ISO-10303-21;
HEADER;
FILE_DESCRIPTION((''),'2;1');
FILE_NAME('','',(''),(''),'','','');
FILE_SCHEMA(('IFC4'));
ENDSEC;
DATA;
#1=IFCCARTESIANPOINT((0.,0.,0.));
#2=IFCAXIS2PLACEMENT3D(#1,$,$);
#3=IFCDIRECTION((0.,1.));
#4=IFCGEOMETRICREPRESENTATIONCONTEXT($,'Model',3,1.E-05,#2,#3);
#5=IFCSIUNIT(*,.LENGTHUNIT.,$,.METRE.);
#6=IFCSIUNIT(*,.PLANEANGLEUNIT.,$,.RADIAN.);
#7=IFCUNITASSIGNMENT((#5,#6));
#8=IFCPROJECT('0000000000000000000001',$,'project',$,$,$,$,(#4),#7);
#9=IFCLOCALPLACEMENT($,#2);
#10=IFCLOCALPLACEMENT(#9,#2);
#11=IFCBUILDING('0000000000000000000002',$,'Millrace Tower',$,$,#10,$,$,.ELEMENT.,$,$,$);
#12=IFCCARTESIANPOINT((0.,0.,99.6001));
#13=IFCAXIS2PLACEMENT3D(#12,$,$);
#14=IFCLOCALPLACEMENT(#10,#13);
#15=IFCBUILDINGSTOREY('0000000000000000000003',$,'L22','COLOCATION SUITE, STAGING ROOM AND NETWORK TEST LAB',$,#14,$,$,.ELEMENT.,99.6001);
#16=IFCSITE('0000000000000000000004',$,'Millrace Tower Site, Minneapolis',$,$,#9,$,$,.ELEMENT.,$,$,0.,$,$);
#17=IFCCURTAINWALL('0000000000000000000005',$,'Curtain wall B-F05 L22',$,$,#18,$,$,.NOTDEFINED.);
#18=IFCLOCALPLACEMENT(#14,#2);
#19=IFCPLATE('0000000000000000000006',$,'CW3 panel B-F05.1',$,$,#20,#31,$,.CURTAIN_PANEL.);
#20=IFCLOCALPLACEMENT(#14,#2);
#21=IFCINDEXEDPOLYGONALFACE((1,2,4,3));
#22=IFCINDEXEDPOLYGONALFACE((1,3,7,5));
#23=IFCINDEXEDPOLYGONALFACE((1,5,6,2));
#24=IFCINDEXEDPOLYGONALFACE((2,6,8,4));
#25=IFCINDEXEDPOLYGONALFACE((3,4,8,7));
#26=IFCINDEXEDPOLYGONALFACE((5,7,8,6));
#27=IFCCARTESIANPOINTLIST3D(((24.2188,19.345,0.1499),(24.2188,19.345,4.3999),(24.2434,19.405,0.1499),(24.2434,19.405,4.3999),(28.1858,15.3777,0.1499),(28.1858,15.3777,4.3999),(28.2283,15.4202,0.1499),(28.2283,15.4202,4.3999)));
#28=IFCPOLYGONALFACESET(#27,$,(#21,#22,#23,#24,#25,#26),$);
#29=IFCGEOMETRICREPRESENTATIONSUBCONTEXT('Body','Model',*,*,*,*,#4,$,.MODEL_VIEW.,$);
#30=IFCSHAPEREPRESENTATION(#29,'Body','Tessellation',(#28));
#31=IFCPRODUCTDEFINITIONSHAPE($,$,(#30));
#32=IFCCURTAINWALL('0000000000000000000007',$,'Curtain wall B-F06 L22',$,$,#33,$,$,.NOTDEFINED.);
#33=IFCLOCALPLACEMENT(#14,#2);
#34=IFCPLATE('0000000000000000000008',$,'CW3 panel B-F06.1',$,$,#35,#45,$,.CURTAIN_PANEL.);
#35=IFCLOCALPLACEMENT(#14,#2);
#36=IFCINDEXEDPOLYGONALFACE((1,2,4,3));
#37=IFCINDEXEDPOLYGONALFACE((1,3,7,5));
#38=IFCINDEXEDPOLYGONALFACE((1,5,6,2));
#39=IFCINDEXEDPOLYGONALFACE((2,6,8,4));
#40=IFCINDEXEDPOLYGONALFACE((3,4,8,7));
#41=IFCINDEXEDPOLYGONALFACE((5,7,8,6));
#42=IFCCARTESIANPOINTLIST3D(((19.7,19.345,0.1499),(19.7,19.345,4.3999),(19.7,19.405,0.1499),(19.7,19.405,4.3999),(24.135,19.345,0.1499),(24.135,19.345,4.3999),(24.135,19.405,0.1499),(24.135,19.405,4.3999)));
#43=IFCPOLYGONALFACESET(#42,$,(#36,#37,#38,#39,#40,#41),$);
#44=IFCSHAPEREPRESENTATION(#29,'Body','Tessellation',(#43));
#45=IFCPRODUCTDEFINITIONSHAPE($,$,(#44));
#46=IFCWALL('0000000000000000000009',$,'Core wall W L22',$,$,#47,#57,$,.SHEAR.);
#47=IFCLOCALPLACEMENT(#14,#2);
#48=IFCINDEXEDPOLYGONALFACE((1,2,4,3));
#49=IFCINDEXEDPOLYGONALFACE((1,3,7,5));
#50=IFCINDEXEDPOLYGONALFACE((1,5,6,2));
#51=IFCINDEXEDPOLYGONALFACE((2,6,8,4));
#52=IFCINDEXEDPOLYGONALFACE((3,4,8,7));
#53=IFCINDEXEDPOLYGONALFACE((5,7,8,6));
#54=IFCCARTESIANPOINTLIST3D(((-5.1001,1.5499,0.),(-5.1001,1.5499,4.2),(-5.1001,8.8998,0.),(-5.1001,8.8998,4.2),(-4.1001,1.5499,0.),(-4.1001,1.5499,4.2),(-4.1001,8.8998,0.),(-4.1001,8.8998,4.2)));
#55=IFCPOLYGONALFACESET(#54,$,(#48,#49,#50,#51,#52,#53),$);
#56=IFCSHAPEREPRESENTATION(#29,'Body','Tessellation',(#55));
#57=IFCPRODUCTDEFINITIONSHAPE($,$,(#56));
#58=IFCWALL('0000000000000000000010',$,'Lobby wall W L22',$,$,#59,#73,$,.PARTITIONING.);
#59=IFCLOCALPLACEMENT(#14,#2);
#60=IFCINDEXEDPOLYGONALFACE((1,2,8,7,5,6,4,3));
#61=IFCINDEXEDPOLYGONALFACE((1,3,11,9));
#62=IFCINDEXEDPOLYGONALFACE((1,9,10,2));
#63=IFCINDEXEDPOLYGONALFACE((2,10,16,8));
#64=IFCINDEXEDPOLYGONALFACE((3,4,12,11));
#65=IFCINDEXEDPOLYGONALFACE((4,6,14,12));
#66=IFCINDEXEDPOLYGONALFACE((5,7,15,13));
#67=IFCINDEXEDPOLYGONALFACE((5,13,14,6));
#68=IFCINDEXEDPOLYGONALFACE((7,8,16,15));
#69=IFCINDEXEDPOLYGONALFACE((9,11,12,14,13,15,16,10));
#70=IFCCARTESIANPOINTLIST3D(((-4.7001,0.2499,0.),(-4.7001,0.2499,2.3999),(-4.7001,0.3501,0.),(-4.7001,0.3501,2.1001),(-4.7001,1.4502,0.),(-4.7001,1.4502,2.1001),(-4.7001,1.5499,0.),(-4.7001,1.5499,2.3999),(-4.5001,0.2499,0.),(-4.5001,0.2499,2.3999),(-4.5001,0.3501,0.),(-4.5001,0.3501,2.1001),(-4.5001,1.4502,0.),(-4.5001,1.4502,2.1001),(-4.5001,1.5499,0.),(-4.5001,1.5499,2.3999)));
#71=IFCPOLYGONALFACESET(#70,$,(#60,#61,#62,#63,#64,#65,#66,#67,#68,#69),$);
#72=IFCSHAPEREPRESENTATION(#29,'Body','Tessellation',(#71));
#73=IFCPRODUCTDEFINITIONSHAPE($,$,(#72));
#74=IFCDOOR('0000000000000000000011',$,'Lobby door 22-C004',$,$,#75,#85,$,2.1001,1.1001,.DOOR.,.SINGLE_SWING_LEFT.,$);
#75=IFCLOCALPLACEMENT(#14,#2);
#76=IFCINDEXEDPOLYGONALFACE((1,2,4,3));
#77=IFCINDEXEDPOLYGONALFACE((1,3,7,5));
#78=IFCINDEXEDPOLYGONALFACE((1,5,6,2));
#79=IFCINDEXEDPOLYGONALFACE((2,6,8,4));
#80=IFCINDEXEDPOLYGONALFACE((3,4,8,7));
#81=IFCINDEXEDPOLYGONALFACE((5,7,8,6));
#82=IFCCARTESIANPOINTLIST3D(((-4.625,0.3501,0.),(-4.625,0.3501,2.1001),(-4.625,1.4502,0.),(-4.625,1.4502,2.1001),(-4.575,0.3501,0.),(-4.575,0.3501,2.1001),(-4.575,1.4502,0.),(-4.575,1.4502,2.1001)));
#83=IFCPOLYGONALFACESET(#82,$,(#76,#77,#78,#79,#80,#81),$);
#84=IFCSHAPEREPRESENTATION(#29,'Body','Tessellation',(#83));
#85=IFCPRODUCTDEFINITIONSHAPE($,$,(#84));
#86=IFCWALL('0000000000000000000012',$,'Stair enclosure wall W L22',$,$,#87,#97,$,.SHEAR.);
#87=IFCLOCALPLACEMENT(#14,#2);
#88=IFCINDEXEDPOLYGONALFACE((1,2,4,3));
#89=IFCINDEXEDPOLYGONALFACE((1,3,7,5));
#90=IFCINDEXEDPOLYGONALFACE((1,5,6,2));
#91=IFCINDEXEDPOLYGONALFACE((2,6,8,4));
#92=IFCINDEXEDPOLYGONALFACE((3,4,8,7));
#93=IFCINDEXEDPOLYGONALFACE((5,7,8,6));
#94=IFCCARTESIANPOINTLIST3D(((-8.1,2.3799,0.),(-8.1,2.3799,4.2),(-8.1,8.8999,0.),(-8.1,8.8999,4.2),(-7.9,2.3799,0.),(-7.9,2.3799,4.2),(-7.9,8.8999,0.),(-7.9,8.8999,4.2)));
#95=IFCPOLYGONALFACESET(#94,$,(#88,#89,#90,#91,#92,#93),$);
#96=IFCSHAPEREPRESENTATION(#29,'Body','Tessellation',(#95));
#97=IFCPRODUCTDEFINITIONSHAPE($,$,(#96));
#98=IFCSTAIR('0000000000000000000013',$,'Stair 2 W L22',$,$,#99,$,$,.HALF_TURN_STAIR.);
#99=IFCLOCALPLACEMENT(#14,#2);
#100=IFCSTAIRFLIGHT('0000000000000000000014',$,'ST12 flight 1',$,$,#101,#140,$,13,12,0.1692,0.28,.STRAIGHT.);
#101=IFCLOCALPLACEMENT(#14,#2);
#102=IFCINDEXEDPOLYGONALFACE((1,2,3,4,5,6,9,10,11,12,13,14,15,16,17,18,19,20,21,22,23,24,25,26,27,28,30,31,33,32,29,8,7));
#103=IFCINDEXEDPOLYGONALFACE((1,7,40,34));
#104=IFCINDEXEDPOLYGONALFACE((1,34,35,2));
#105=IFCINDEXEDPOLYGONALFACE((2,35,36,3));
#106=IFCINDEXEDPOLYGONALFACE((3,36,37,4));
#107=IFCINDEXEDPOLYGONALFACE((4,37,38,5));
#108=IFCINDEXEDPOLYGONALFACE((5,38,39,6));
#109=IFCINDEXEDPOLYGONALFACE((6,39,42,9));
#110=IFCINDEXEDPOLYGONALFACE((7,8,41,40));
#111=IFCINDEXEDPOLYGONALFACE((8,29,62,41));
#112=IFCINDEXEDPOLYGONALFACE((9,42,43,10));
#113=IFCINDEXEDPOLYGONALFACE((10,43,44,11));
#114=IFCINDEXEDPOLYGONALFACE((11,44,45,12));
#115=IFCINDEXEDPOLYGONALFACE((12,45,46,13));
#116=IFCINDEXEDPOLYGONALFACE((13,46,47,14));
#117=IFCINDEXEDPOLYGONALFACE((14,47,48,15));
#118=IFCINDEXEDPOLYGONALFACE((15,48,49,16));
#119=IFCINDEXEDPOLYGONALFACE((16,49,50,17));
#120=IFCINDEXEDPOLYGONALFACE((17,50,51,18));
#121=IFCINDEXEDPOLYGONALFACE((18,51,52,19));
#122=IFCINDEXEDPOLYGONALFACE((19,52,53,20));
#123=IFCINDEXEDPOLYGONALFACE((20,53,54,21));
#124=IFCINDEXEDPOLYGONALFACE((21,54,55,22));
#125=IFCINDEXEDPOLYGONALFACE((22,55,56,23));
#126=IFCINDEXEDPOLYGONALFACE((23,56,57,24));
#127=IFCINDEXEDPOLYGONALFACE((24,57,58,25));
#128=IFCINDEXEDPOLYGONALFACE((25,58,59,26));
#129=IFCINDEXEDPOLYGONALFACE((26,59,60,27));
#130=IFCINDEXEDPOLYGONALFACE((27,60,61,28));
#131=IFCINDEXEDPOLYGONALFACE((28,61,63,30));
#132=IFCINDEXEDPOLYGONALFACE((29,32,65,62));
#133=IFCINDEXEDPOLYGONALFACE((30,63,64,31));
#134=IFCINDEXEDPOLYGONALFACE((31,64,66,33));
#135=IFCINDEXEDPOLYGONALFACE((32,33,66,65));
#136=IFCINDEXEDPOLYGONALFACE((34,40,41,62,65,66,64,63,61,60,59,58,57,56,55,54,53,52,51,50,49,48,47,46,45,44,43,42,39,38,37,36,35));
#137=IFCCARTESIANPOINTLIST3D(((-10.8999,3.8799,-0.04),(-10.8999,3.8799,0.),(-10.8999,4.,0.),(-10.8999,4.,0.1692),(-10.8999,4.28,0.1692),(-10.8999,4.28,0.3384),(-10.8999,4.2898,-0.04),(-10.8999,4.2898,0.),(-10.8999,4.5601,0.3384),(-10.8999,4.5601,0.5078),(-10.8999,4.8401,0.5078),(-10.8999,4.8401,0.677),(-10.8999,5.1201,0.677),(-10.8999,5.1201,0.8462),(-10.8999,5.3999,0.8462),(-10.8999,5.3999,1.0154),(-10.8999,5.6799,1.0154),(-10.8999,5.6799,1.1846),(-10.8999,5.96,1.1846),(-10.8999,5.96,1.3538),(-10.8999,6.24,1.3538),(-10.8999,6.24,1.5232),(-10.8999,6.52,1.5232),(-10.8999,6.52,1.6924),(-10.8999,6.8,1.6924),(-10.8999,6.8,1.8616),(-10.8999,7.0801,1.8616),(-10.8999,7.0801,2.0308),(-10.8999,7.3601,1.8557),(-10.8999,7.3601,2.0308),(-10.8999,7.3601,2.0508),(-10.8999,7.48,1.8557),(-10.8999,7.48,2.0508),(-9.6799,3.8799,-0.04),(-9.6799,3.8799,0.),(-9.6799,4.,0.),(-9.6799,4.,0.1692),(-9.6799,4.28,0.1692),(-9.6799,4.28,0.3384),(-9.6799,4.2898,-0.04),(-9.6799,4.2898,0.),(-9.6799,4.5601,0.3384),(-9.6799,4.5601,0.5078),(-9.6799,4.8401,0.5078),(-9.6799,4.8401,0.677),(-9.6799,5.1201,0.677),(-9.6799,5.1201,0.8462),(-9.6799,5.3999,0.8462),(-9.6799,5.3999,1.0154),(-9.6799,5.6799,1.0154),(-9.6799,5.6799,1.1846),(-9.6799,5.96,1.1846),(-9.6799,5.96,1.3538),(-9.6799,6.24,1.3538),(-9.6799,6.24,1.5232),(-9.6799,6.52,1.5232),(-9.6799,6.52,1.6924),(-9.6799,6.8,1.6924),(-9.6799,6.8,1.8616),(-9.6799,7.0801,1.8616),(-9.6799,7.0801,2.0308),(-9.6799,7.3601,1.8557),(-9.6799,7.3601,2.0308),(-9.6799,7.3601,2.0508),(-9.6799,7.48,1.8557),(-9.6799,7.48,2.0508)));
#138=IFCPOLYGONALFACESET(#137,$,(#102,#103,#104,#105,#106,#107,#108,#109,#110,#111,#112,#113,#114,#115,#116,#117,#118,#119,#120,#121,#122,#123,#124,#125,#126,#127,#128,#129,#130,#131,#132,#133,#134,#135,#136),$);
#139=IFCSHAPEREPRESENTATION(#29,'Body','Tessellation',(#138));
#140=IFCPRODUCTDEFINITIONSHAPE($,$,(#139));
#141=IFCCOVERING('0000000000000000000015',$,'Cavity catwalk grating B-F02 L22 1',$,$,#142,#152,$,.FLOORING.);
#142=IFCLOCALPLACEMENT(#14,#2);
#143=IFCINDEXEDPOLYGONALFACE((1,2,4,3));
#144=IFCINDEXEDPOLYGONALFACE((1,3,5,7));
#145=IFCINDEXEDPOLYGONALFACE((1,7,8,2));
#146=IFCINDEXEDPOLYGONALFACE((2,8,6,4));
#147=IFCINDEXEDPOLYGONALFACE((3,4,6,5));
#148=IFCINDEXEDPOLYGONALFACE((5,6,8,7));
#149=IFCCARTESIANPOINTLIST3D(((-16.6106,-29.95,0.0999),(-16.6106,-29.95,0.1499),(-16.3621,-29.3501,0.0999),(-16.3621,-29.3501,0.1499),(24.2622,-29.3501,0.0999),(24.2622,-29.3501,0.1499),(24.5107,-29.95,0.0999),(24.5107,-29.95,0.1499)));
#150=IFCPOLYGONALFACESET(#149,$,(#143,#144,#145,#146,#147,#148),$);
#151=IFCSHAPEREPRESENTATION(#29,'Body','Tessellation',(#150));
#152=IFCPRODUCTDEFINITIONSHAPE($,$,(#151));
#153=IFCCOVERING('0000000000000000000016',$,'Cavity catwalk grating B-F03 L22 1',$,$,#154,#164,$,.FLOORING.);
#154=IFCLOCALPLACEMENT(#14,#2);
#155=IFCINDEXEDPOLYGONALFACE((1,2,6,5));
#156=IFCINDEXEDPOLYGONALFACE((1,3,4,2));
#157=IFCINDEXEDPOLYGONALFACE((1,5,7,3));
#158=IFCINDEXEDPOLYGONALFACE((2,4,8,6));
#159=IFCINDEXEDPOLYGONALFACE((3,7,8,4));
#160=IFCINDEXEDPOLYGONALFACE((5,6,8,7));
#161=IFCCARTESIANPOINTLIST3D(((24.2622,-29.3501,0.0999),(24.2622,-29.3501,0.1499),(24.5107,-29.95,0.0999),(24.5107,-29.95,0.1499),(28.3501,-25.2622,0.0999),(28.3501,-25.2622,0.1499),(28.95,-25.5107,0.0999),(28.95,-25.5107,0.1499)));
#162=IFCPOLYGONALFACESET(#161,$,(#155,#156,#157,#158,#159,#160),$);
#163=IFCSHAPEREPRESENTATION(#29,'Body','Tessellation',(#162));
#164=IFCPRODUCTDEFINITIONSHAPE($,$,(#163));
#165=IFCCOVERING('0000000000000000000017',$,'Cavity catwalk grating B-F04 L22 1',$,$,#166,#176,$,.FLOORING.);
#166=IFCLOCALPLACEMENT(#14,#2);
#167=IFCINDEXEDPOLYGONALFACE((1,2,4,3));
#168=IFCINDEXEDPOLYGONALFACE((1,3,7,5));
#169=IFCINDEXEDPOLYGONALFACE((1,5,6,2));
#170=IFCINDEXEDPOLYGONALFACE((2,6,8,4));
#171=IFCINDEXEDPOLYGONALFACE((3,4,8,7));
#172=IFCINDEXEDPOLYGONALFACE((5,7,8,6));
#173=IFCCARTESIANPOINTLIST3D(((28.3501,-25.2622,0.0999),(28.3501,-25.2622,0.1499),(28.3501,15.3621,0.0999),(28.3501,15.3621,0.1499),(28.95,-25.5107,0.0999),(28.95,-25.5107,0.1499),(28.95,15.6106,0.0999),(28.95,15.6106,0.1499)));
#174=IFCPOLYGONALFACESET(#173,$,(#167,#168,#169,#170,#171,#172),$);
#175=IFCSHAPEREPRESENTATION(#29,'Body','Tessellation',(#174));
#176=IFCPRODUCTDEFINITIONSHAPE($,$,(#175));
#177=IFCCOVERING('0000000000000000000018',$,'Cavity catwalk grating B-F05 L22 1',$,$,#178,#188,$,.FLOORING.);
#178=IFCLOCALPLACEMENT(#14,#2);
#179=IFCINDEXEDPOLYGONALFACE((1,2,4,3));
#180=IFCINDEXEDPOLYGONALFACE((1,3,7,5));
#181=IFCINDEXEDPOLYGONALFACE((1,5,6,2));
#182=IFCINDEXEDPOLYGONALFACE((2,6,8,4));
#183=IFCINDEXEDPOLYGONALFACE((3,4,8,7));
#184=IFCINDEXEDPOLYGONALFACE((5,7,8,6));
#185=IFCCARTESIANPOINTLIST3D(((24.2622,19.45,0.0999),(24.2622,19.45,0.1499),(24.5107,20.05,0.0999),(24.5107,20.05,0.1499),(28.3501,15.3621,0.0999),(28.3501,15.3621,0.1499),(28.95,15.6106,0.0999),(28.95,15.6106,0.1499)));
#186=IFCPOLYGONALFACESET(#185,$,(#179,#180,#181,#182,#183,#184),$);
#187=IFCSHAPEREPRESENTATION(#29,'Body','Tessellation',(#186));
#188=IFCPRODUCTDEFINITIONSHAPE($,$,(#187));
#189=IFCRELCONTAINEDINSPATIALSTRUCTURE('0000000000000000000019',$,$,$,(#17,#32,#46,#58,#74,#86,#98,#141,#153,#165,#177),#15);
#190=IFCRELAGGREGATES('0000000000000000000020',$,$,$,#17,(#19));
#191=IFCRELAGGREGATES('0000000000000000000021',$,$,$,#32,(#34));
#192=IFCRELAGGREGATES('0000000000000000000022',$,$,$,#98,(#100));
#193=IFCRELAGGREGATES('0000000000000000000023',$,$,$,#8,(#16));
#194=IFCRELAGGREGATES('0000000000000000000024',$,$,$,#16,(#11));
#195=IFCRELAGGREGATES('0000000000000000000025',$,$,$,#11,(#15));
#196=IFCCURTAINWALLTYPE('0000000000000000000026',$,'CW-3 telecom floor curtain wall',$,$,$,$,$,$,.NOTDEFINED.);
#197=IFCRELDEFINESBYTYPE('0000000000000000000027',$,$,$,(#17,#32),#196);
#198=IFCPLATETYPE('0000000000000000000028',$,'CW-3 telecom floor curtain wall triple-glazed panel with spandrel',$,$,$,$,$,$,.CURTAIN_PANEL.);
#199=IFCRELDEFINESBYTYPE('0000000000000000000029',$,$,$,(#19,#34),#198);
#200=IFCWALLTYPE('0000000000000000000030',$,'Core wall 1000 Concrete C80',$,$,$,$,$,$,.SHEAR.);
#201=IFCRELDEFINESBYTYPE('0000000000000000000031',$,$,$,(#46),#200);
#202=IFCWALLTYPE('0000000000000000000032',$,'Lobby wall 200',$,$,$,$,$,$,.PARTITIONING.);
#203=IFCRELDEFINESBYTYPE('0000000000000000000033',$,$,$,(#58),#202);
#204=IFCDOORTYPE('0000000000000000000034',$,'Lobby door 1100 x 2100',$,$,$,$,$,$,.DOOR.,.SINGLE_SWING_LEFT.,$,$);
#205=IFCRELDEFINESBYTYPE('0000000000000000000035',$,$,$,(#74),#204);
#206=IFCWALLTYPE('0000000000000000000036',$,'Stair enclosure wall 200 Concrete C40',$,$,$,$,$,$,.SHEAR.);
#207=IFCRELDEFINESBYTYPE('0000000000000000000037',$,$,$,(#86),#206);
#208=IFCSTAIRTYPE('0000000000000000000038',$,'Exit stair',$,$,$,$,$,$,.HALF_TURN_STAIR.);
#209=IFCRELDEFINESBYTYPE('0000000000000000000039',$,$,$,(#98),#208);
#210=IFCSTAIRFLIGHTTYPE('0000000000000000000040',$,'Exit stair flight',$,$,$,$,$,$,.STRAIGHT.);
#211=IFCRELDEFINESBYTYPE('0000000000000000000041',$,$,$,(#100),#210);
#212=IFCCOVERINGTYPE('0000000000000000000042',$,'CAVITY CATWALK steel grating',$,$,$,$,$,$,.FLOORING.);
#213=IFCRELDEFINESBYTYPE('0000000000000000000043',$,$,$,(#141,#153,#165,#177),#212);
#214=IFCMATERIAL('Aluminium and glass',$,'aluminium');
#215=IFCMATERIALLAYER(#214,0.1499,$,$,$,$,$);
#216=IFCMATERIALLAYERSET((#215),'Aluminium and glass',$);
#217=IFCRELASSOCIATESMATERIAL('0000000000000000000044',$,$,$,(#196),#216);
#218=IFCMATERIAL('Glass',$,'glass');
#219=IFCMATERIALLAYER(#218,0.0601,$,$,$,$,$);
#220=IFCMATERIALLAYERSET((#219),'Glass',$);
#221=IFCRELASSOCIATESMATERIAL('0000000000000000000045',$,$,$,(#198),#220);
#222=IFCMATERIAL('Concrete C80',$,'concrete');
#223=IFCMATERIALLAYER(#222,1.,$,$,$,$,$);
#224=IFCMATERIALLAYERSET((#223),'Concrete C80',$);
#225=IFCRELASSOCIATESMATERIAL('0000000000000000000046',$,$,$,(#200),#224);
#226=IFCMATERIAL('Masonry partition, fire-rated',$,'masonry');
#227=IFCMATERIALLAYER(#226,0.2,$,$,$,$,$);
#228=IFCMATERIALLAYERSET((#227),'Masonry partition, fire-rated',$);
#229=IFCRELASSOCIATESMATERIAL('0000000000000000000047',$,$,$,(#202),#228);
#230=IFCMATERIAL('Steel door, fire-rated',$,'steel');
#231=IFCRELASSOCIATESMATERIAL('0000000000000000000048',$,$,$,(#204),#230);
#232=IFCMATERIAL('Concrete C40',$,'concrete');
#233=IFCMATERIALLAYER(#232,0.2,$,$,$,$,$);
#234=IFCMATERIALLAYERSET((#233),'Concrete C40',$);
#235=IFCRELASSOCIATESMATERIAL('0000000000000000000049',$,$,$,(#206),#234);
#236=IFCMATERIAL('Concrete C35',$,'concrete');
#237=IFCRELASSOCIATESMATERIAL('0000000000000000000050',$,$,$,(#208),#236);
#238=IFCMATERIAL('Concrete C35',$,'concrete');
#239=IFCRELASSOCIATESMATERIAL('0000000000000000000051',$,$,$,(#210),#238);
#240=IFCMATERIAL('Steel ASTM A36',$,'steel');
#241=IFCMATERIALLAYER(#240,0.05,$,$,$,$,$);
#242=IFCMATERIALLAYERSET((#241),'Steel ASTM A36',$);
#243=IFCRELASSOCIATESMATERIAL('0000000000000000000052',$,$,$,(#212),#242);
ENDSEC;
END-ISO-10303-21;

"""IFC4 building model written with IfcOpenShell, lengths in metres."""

from ifc_helpers import new_model, si_unit, direction, frame, frame_2d, origin, place, context, subcontext, project, spatial, polyline, rectangle, outline, extrude, material, layer, layer_set, type_object, element, fill, aggregate, save


model = new_model("IFC4")

# Units and contexts
model_context = context("Model", 3, precision=1e-05, world=origin(), true_north=direction((0.0, 1.0)))
body_context = subcontext(model_context, "Body", "Model", "MODEL_VIEW")
ifc_project = project(units=[si_unit("LENGTHUNIT", "METRE"), si_unit("PLANEANGLEUNIT", "RADIAN")], contexts=[model_context])

# Site, building, storey
site_placement = place(None, origin())
site = spatial("IfcSite", under=ifc_project, at=site_placement, Name="Millrace Tower Site, Minneapolis", CompositionType="ELEMENT", RefElevation=0.0)
building_placement = place(site_placement, origin())
building = spatial("IfcBuilding", under=site, at=building_placement, Name="Millrace Tower", CompositionType="ELEMENT")
storey_placement = place(building_placement, frame((0.0, 0.0, 99.6001)))
storey = spatial("IfcBuildingStorey", under=building, at=storey_placement, Name="L22", Description="COLOCATION SUITE, STAGING ROOM AND NETWORK TEST LAB", CompositionType="ELEMENT", Elevation=99.6001)

# Shared definitions
ifc_material_1 = material(Name="Aluminium and glass", Category="aluminium")
ifc_layer_1 = layer(ifc_material_1, 0.1499)
ifc_layer_set_1 = layer_set([ifc_layer_1], Name="Aluminium and glass")
curtain_wall_type = type_object("IfcCurtainWallType", Name="CW-3 telecom floor curtain wall", PredefinedType="NOTDEFINED", material=ifc_layer_set_1)
placement_1 = place(storey_placement, origin())
ifc_material_2 = material(Name="Glass", Category="glass")
ifc_layer_2 = layer(ifc_material_2, 0.0601)
ifc_layer_set_2 = layer_set([ifc_layer_2], Name="Glass")
plate_type = type_object("IfcPlateType", Name="CW-3 telecom floor curtain wall triple-glazed panel with spandrel", PredefinedType="CURTAIN_PANEL", material=ifc_layer_set_2)
placement_2 = place(storey_placement, frame((0.0, 0.0, 0.1499)))

# Curtain walls, plates
curtain_wall_1 = element("IfcCurtainWall", 1, at=placement_1, inside=storey, type_object=curtain_wall_type, Name="Curtain wall B-F05 L22", PredefinedType="NOTDEFINED")
plate_1 = element("IfcPlate", 2, at=placement_2, type_object=plate_type, Name="CW3 panel B-F05.1", PredefinedType="CURTAIN_PANEL", context=body_context, shape_type="SweptSolid", body=[
    extrude(outline(polyline([(28.2283, 15.4202), (24.2434, 19.405), (24.2188, 19.345), (28.1858, 15.3777), (28.2283, 15.4202)])), origin(), (0.0, 0.0, 1.0), 4.25),
])
aggregate(curtain_wall_1, [plate_1])
curtain_wall_2 = element("IfcCurtainWall", 3, at=placement_1, inside=storey, type_object=curtain_wall_type, Name="Curtain wall B-F06 L22", PredefinedType="NOTDEFINED")
plate_2 = element("IfcPlate", 4, at=placement_2, type_object=plate_type, Name="CW3 panel B-F06.1", PredefinedType="CURTAIN_PANEL", context=body_context, shape_type="SweptSolid", body=[
    extrude(outline(polyline([(24.135, 19.405), (19.7, 19.405), (19.7, 19.345), (24.135, 19.345), (24.135, 19.405)])), origin(), (0.0, 0.0, 1.0), 4.25),
])
aggregate(curtain_wall_2, [plate_2])

# Wall
ifc_material_3 = material(Name="Concrete C80", Category="concrete")
ifc_layer_3 = layer(ifc_material_3, 1.0)
ifc_layer_set_3 = layer_set([ifc_layer_3], Name="Concrete C80")
wall_type_1 = type_object("IfcWallType", Name="Core wall 1000 Concrete C80", PredefinedType="SHEAR", material=ifc_layer_set_3)
wall_1_placement = place(storey_placement, frame((-4.6001, 1.55, 0.0), z_axis=(0.0, 0.0, 1.0), x_axis=(0.0, 1.0, 0.0)))
element("IfcWall", 5, at=wall_1_placement, inside=storey, type_object=wall_type_1, Name="Core wall W L22", PredefinedType="SHEAR", context=body_context, shape_type="SweptSolid", body=[
    extrude(rectangle(XDim=7.3499, YDim=1.0, at=frame_2d((3.6748, 0.0))), origin(), (0.0, 0.0, 1.0), 4.2),
])

# Wall, opening, door
ifc_material_4 = material(Name="Masonry partition, fire-rated", Category="masonry")
ifc_layer_4 = layer(ifc_material_4, 0.2)
ifc_layer_set_4 = layer_set([ifc_layer_4], Name="Masonry partition, fire-rated")
wall_type_2 = type_object("IfcWallType", Name="Lobby wall 200", PredefinedType="PARTITIONING", material=ifc_layer_set_4)
wall_2_placement = place(storey_placement, frame((-4.6001, 0.25, 0.0), z_axis=(0.0, 0.0, 1.0), x_axis=(0.0, 1.0, 0.0)))
wall_2 = element("IfcWall", 6, at=wall_2_placement, inside=storey, type_object=wall_type_2, Name="Lobby wall W L22", PredefinedType="PARTITIONING", context=body_context, shape_type="SweptSolid", body=[
    extrude(rectangle(XDim=1.3, YDim=0.2, at=frame_2d((0.6499, 0.0))), origin(), (0.0, 0.0, 1.0), 2.3999),
])
opening_placement = place(wall_2_placement, frame((0.1001, 0.0, 0.0)))
opening = element("IfcOpeningElement", 7, at=opening_placement, cuts=wall_2, PredefinedType="OPENING", context=body_context, shape_type="SweptSolid", body=[
    extrude(rectangle(XDim=1.1001, YDim=2.1001, at=frame_2d((0.55, 1.05))), frame((0.0, 0.1099, 0.0), z_axis=(0.0, -1.0, 0.0), x_axis=(1.0, 0.0, 0.0)), (0.0, 0.0, 1.0), 0.22),
])
ifc_material_5 = material(Name="Steel door, fire-rated", Category="steel")
door_type = type_object("IfcDoorType", Name="Lobby door 1100 x 2100", OperationType="SINGLE_SWING_LEFT", PredefinedType="DOOR", material=ifc_material_5)
door_placement = place(opening_placement, origin())
door = element("IfcDoor", 8, at=door_placement, inside=storey, type_object=door_type, Name="Lobby door 22-C004", OperationType="SINGLE_SWING_LEFT", OverallHeight=2.1001, OverallWidth=1.1001, PredefinedType="DOOR", context=body_context, shape_type="SweptSolid", body=[
    extrude(rectangle(XDim=1.1001, YDim=2.1001, at=frame_2d((0.55, 1.05))), frame((0.0, 0.0249, 0.0), z_axis=(0.0, -1.0, 0.0), x_axis=(1.0, 0.0, 0.0)), (0.0, 0.0, 1.0), 0.05),
])
fill(opening, door)

# Wall
ifc_material_6 = material(Name="Concrete C40", Category="concrete")
ifc_layer_5 = layer(ifc_material_6, 0.2)
ifc_layer_set_5 = layer_set([ifc_layer_5], Name="Concrete C40")
wall_type_3 = type_object("IfcWallType", Name="Stair enclosure wall 200 Concrete C40", PredefinedType="SHEAR", material=ifc_layer_set_5)
wall_3_placement = place(storey_placement, frame((-8.0, 2.3799, 0.0), z_axis=(0.0, 0.0, 1.0), x_axis=(0.0, 1.0, 0.0)))
element("IfcWall", 9, at=wall_3_placement, inside=storey, type_object=wall_type_3, Name="Stair enclosure wall W L22", PredefinedType="SHEAR", context=body_context, shape_type="SweptSolid", body=[
    extrude(rectangle(XDim=6.52, YDim=0.2, at=frame_2d((3.26, 0.0))), origin(), (0.0, 0.0, 1.0), 4.2),
])

# Stair, stair flight
ifc_material_7 = material(Name="Concrete C35", Category="concrete")
stair_type = type_object("IfcStairType", Name="Exit stair", PredefinedType="HALF_TURN_STAIR", material=ifc_material_7)
stair = element("IfcStair", 10, at=placement_1, inside=storey, type_object=stair_type, Name="Stair 2 W L22", PredefinedType="HALF_TURN_STAIR")
ifc_material_8 = material(Name="Concrete C35", Category="concrete")
stair_flight_type = type_object("IfcStairFlightType", Name="Exit stair flight", PredefinedType="STRAIGHT", material=ifc_material_8)
stair_flight_placement = place(storey_placement, frame((-10.29, 4.0, 0.0), z_axis=(0.0, 0.0, 1.0), x_axis=(0.0, 1.0, 0.0)))
stair_flight = element("IfcStairFlight", 11, at=stair_flight_placement, type_object=stair_flight_type, Name="ST12 flight 1", NumberOfRisers=13, NumberOfTreads=12, PredefinedType="STRAIGHT", RiserHeight=0.1692, TreadLength=0.28, context=body_context, shape_type="SweptSolid", body=[
    extrude(outline(polyline([(-0.1201, -0.04), (-0.1201, 0.0), (0.0, 0.0), (0.0, 0.1692), (0.28, 0.1692), (0.28, 0.3384), (0.5601, 0.3384), (0.5601, 0.5078), (0.8401, 0.5078), (0.8401, 0.677), (1.1201, 0.677), (1.1201, 0.8462), (1.3999, 0.8462), (1.3999, 1.0154), (1.6799, 1.0154), (1.6799, 1.1846), (1.96, 1.1846), (1.96, 1.3538), (2.24, 1.3538), (2.24, 1.5232), (2.52, 1.5232), (2.52, 1.6924), (2.8, 1.6924), (2.8, 1.8616), (3.0801, 1.8616), (3.0801, 2.0308), (3.3601, 2.0308), (3.3601, 2.0508), (3.48, 2.0508), (3.48, 1.8557), (3.3601, 1.8557), (0.2898, 0.0), (0.2898, -0.04), (-0.1201, -0.04)])), frame((0.0, 0.6099, 0.0), z_axis=(0.0, -1.0, 0.0), x_axis=(1.0, 0.0, 0.0)), (0.0, 0.0, 1.0), 1.22),
])
aggregate(stair, [stair_flight])

# Coverings
ifc_material_9 = material(Name="Steel ASTM A36", Category="steel")
ifc_layer_6 = layer(ifc_material_9, 0.05)
ifc_layer_set_6 = layer_set([ifc_layer_6], Name="Steel ASTM A36")
covering_type = type_object("IfcCoveringType", Name="CAVITY CATWALK steel grating", PredefinedType="FLOORING", material=ifc_layer_set_6)
placement_3 = place(storey_placement, frame((0.0, 0.0, 0.0999)))
element("IfcCovering", 12, at=placement_3, inside=storey, type_object=covering_type, Name="Cavity catwalk grating B-F02 L22 1", PredefinedType="FLOORING", context=body_context, shape_type="SweptSolid", body=[
    extrude(outline(polyline([(-16.6106, -29.95), (24.5107, -29.95), (24.2622, -29.3501), (-16.3621, -29.3501), (-16.6106, -29.95)])), origin(), (0.0, 0.0, 1.0), 0.05),
])
element("IfcCovering", 13, at=placement_3, inside=storey, type_object=covering_type, Name="Cavity catwalk grating B-F03 L22 1", PredefinedType="FLOORING", context=body_context, shape_type="SweptSolid", body=[
    extrude(outline(polyline([(24.5107, -29.95), (28.95, -25.5107), (28.3501, -25.2622), (24.2622, -29.3501), (24.5107, -29.95)])), origin(), (0.0, 0.0, 1.0), 0.05),
])
element("IfcCovering", 14, at=placement_3, inside=storey, type_object=covering_type, Name="Cavity catwalk grating B-F04 L22 1", PredefinedType="FLOORING", context=body_context, shape_type="SweptSolid", body=[
    extrude(outline(polyline([(28.95, -25.5107), (28.95, 15.6106), (28.3501, 15.3621), (28.3501, -25.2622), (28.95, -25.5107)])), origin(), (0.0, 0.0, 1.0), 0.05),
])
element("IfcCovering", 15, at=placement_3, inside=storey, type_object=covering_type, Name="Cavity catwalk grating B-F05 L22 1", PredefinedType="FLOORING", context=body_context, shape_type="SweptSolid", body=[
    extrude(outline(polyline([(28.95, 15.6106), (24.5107, 20.05), (24.2622, 19.45), (28.3501, 15.3621), (28.95, 15.6106)])), origin(), (0.0, 0.0, 1.0), 0.05),
])

save(model, "model.ifc")
